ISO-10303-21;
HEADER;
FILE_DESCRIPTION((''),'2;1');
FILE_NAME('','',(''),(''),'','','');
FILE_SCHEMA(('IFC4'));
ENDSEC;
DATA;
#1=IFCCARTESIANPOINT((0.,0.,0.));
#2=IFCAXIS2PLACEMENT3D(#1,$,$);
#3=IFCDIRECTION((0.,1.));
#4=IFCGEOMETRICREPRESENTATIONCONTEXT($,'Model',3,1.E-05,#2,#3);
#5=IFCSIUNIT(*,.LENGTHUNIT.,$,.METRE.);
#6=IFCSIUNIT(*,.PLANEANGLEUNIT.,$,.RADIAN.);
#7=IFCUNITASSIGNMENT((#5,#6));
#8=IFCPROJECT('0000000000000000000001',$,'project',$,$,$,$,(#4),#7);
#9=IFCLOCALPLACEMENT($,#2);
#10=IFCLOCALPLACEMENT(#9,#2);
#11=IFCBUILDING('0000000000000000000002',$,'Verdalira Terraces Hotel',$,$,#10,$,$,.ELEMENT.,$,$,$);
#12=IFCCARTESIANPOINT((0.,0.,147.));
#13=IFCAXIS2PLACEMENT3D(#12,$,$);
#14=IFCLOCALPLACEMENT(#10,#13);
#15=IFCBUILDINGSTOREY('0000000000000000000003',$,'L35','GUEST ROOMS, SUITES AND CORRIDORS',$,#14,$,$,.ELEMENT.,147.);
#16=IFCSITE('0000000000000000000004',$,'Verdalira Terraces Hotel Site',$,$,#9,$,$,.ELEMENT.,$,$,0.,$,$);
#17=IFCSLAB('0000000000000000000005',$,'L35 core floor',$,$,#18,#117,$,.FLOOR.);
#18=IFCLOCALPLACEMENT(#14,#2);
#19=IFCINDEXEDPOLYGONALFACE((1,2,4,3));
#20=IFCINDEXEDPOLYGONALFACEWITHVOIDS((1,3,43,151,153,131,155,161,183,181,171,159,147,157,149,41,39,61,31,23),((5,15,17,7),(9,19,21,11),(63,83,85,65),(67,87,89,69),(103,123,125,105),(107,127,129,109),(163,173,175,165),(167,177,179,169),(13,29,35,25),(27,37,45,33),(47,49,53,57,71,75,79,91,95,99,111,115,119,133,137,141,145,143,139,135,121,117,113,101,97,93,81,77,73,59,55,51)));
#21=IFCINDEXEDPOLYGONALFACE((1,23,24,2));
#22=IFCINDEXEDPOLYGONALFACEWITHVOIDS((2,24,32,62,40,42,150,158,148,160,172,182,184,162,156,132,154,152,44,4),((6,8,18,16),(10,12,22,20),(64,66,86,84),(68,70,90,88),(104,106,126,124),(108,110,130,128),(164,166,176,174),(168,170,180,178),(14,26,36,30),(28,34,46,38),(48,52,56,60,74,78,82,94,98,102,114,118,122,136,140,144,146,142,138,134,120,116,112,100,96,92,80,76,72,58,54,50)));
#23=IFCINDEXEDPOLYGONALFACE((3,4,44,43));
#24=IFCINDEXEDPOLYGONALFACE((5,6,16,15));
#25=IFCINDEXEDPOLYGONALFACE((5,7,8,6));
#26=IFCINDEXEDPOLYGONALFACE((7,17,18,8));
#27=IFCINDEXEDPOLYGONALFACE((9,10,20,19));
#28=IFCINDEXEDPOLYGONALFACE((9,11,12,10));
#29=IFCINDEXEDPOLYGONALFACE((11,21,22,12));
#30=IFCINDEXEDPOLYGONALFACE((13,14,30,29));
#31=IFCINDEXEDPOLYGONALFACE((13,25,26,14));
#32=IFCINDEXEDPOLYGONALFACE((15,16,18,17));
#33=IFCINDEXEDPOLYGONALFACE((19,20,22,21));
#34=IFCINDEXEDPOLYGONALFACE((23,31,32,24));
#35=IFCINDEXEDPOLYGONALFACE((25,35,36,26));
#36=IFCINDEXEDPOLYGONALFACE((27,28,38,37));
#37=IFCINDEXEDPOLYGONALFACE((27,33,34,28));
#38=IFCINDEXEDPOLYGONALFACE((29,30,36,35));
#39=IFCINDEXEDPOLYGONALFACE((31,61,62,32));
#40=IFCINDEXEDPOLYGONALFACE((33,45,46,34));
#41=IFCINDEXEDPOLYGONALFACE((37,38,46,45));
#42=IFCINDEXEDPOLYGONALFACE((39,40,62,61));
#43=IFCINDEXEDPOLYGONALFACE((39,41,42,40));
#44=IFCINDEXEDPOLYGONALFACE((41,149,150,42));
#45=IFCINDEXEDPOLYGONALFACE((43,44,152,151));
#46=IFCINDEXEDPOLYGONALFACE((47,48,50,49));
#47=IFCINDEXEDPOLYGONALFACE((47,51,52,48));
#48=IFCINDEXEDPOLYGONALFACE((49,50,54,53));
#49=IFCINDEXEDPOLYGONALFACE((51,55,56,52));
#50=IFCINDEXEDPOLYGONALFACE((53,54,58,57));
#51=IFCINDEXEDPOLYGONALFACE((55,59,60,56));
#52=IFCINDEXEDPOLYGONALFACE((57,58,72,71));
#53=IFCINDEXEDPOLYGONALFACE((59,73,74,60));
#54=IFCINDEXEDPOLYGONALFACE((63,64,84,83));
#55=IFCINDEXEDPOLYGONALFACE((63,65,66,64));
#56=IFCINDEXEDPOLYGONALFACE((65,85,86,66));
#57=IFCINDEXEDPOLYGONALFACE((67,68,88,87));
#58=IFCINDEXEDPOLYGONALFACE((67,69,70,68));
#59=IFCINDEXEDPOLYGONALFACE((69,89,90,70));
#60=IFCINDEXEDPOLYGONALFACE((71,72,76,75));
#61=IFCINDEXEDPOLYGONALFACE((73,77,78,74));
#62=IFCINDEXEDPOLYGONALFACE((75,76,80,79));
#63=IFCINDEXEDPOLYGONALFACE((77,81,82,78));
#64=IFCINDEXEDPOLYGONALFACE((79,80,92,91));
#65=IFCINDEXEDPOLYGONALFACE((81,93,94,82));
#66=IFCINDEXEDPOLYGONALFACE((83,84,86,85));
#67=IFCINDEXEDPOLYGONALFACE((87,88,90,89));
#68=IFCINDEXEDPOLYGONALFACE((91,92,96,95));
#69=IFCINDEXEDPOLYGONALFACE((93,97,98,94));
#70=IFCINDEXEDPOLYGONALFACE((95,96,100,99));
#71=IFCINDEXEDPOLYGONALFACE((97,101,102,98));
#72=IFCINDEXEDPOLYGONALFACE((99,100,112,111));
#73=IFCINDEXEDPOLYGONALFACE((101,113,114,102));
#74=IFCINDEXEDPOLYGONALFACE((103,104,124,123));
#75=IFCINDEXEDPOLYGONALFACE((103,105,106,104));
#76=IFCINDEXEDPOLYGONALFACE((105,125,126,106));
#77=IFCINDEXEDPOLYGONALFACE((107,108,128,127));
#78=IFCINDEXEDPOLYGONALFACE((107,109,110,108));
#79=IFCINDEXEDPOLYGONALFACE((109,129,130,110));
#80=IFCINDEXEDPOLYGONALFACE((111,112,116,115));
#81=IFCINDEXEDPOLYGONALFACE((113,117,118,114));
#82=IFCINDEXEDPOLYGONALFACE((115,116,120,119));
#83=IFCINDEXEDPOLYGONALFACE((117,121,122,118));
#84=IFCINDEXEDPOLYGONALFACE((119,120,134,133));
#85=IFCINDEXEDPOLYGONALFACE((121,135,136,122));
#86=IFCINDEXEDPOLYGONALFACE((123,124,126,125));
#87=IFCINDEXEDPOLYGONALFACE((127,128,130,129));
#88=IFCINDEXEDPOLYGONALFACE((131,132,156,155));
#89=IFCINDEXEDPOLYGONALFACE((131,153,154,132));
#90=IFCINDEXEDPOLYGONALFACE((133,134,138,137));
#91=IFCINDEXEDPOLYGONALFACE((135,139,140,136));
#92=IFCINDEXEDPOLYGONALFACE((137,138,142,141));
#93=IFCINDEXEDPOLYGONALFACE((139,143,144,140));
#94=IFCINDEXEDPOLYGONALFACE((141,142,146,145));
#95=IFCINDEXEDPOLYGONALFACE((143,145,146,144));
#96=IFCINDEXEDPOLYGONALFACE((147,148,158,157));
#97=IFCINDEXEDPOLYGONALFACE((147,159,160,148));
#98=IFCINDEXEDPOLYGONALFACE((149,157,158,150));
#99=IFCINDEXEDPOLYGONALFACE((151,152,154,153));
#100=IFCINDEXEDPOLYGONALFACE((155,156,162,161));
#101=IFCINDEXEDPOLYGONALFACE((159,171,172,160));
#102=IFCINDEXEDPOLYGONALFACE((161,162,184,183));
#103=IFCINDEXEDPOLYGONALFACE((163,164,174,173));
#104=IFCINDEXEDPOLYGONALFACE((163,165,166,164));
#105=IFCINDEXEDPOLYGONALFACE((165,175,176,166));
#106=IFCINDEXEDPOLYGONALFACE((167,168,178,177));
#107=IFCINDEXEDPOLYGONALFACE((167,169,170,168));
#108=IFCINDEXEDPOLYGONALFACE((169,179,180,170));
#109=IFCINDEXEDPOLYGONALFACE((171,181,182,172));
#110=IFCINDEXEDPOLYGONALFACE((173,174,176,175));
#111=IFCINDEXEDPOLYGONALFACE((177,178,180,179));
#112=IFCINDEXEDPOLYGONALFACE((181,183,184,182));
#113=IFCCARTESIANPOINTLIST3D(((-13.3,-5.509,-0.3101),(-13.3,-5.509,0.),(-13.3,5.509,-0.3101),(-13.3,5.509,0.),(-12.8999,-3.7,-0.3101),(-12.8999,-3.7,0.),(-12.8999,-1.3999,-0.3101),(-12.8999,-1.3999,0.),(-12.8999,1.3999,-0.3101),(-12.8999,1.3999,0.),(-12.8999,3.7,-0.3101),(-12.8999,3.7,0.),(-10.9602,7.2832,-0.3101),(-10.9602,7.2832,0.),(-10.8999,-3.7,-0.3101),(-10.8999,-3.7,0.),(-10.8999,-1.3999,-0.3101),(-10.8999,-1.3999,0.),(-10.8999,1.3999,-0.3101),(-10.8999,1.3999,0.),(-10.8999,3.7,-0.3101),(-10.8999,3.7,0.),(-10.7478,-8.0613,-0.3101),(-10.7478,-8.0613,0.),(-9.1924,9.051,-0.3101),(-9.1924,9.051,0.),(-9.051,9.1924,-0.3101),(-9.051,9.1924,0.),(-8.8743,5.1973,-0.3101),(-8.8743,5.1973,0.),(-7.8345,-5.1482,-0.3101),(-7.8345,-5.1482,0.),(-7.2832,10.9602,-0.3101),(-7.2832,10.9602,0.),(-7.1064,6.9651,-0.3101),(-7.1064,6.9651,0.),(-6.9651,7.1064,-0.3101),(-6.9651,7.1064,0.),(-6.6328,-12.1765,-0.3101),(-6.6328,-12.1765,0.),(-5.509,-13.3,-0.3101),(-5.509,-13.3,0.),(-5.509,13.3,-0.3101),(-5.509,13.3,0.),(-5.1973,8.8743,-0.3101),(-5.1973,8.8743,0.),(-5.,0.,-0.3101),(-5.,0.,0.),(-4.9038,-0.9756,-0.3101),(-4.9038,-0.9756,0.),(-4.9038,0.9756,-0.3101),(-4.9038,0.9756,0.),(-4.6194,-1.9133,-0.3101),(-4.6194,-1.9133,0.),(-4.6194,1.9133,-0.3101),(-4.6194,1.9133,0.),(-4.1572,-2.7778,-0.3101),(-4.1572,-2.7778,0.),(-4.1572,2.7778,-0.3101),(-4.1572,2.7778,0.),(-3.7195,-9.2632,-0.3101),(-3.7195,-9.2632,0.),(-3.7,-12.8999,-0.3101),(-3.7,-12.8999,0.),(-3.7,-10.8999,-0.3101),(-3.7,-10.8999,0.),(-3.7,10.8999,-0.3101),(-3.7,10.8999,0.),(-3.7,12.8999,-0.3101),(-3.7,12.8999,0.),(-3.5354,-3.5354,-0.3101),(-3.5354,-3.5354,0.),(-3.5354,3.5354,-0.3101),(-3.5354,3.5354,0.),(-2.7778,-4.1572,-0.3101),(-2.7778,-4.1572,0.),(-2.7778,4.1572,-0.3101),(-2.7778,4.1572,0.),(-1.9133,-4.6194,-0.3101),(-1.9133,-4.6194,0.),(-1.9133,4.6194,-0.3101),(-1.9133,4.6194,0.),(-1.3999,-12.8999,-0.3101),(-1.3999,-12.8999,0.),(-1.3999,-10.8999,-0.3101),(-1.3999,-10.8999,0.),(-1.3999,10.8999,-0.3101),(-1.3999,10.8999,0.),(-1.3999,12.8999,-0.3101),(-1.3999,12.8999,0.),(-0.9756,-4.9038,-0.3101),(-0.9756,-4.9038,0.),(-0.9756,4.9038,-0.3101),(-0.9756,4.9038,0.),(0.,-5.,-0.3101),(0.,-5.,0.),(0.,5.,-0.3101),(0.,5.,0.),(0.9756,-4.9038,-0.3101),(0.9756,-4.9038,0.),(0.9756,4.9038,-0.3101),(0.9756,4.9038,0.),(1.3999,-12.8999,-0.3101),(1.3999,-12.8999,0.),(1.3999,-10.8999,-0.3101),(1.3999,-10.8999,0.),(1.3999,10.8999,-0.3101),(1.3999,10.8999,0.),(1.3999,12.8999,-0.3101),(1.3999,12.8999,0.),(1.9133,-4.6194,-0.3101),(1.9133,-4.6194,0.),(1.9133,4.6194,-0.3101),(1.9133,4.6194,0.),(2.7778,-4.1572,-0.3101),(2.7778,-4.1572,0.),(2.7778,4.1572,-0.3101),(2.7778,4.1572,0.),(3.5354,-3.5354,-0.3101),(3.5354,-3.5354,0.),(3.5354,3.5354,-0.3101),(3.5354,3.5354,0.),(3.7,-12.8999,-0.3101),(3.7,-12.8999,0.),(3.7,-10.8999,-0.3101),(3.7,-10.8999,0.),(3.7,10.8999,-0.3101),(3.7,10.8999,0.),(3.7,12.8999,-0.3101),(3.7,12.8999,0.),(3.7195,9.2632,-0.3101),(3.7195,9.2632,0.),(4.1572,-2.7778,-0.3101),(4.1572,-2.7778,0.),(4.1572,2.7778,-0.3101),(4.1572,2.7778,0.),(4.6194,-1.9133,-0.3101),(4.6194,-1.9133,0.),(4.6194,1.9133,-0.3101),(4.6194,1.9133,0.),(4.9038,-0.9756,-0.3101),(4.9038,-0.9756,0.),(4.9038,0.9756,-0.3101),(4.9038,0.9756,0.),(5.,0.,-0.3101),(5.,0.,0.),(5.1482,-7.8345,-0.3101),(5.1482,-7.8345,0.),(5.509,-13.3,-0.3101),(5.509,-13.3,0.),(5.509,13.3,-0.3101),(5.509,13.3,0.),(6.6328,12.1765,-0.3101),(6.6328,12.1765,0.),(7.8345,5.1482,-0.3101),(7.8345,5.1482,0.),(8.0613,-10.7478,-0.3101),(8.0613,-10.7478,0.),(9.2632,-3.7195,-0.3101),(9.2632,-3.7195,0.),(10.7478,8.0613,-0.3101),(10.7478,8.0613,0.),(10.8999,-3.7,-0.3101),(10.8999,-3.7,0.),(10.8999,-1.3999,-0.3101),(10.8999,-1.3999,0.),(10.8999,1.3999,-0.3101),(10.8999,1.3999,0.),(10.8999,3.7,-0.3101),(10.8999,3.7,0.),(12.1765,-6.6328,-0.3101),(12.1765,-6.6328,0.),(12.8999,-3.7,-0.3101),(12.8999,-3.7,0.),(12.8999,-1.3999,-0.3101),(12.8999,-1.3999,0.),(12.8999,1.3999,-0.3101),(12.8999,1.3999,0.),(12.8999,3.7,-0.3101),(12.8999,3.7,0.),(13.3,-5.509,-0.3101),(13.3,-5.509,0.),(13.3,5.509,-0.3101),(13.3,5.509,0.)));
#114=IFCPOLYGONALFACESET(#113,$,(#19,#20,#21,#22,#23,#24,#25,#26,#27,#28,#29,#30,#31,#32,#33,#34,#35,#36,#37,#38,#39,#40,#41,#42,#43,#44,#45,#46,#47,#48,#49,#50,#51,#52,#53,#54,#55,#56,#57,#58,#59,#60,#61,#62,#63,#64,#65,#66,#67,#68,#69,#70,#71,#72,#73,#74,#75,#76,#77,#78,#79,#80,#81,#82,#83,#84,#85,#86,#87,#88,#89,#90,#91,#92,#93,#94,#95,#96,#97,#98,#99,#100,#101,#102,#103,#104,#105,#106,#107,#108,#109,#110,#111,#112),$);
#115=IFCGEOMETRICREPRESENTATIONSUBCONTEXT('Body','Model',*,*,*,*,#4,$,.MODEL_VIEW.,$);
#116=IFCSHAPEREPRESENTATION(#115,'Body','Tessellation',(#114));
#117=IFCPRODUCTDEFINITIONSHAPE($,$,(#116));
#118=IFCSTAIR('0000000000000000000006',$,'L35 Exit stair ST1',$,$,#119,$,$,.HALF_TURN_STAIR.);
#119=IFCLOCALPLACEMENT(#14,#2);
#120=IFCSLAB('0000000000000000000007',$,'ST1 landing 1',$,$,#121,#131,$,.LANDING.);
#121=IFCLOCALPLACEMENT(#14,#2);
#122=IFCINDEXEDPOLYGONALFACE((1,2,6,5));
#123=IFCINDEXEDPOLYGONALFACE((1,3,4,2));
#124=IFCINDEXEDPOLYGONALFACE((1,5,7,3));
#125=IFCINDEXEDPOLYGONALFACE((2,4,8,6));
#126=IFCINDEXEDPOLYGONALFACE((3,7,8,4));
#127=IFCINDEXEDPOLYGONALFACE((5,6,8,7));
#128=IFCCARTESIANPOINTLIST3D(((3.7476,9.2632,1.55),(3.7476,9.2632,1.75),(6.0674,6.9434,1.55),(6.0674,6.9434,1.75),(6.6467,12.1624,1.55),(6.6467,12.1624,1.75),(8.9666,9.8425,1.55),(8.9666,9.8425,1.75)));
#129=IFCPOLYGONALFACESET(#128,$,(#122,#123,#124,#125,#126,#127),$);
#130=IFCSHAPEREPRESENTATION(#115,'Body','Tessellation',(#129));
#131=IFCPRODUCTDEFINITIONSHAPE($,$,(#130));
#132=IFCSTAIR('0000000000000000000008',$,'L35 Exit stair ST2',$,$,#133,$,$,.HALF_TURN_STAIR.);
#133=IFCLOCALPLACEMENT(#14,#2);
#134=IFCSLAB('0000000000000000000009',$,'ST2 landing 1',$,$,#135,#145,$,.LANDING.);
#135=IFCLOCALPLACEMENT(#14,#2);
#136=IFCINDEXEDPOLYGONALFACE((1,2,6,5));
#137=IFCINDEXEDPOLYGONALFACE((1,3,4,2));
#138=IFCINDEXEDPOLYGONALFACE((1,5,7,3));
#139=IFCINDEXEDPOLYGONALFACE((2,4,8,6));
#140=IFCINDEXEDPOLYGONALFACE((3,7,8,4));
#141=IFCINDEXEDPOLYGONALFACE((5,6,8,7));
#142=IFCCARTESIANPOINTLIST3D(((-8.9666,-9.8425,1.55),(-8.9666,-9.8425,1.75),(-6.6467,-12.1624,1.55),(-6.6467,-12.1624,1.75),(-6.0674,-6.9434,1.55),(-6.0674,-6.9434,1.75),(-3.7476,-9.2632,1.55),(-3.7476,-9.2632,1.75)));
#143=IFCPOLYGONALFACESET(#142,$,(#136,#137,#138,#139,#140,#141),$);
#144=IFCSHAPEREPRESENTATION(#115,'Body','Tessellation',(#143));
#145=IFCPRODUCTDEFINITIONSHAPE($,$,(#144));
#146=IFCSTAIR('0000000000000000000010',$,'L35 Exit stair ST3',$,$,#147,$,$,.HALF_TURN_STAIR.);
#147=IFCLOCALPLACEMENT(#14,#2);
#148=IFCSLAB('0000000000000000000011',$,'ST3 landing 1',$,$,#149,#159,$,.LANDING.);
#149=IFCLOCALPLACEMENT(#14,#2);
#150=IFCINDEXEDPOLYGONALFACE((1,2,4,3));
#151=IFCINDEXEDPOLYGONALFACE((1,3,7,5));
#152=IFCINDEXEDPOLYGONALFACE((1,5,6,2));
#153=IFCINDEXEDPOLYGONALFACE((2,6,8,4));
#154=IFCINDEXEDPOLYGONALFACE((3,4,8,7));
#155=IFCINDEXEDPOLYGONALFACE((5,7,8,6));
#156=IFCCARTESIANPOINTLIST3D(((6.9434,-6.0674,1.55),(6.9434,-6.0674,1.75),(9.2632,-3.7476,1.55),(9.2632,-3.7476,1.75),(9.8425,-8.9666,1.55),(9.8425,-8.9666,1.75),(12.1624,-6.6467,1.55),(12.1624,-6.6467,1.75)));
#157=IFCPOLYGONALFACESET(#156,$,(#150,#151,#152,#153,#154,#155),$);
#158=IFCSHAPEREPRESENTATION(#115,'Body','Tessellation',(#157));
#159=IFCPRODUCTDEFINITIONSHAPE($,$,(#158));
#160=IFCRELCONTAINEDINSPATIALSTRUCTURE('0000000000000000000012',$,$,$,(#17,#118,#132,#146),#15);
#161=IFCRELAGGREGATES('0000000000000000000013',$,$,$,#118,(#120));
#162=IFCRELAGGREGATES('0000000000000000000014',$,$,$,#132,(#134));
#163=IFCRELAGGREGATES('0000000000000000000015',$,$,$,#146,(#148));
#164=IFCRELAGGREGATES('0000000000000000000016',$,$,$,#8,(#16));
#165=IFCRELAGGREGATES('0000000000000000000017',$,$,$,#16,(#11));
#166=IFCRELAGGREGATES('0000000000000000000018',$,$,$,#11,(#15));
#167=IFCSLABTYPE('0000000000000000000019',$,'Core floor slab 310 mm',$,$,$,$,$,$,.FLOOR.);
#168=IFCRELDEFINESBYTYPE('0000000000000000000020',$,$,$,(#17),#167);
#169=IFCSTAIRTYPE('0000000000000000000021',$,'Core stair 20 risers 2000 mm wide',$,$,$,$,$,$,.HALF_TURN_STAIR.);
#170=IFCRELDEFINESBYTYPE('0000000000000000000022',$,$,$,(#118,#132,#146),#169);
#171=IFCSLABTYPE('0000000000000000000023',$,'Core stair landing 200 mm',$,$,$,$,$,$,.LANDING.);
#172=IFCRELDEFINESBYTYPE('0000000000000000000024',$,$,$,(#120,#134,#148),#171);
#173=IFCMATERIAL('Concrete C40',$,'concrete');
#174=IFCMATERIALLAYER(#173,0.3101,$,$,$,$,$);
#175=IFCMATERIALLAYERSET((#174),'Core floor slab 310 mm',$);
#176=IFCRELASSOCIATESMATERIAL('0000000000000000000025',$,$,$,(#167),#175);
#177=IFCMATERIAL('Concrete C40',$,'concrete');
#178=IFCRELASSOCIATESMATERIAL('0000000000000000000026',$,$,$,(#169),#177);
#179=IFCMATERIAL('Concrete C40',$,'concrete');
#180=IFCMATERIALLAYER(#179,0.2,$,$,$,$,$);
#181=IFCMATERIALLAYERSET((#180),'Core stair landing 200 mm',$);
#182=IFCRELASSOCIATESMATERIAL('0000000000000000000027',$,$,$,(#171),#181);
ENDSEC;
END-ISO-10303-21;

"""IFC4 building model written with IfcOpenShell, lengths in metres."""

from ifc_helpers import new_model, si_unit, direction, frame, origin, place, context, subcontext, project, spatial, polyline, outline, extrude, material, layer, layer_set, type_object, element, aggregate, save


model = new_model("IFC4")

# Units and contexts
model_context = context("Model", 3, precision=1e-05, world=origin(), true_north=direction((0.0, 1.0)))
body_context = subcontext(model_context, "Body", "Model", "MODEL_VIEW")
ifc_project = project(units=[si_unit("LENGTHUNIT", "METRE"), si_unit("PLANEANGLEUNIT", "RADIAN")], contexts=[model_context])

# Site, building, storey
site_placement = place(None, origin())
site = spatial("IfcSite", under=ifc_project, at=site_placement, Name="Verdalira Terraces Hotel Site", CompositionType="ELEMENT", RefElevation=0.0)
building_placement = place(site_placement, origin())
building = spatial("IfcBuilding", under=site, at=building_placement, Name="Verdalira Terraces Hotel", CompositionType="ELEMENT")
storey_placement = place(building_placement, frame((0.0, 0.0, 147.0)))
storey = spatial("IfcBuildingStorey", under=building, at=storey_placement, Name="L35", Description="GUEST ROOMS, SUITES AND CORRIDORS", CompositionType="ELEMENT", Elevation=147.0)

# Slab
ifc_material_1 = material(Name="Concrete C40", Category="concrete")
ifc_layer_1 = layer(ifc_material_1, 0.3101)
ifc_layer_set_1 = layer_set([ifc_layer_1], Name="Core floor slab 310 mm")
slab_type_1 = type_object("IfcSlabType", Name="Core floor slab 310 mm", PredefinedType="FLOOR", material=ifc_layer_set_1)
slab_1_placement = place(storey_placement, frame((0.0, 0.0, -0.3101)))
element("IfcSlab", 1, at=slab_1_placement, inside=storey, type_object=slab_type_1, Name="L35 core floor", PredefinedType="FLOOR", context=body_context, shape_type="SweptSolid", body=[
    extrude(outline(polyline([(-5.509, 13.3), (5.509, 13.3), (6.6328, 12.1765), (3.7195, 9.2632), (7.8345, 5.1482), (10.7478, 8.0613), (13.3, 5.509), (13.3, -5.509), (12.1765, -6.6328), (9.2632, -3.7195), (5.1482, -7.8345), (8.0613, -10.7478), (5.509, -13.3), (-5.509, -13.3), (-6.6328, -12.1765), (-3.7195, -9.2632), (-7.8345, -5.1482), (-10.7478, -8.0613), (-13.3, -5.509), (-13.3, 5.509), (-5.509, 13.3)]), holes=[polyline([(12.8999, -3.7), (12.8999, -1.3999), (10.8999, -1.3999), (10.8999, -3.7), (12.8999, -3.7)]), polyline([(12.8999, 1.3999), (12.8999, 3.7), (10.8999, 3.7), (10.8999, 1.3999), (12.8999, 1.3999)]), polyline([(1.3999, 10.8999), (3.7, 10.8999), (3.7, 12.8999), (1.3999, 12.8999), (1.3999, 10.8999)]), polyline([(-3.7, 10.8999), (-1.3999, 10.8999), (-1.3999, 12.8999), (-3.7, 12.8999), (-3.7, 10.8999)]), polyline([(-12.8999, 3.7), (-12.8999, 1.3999), (-10.8999, 1.3999), (-10.8999, 3.7), (-12.8999, 3.7)]), polyline([(-12.8999, -1.3999), (-12.8999, -3.7), (-10.8999, -3.7), (-10.8999, -1.3999), (-12.8999, -1.3999)]), polyline([(-1.3999, -10.8999), (-3.7, -10.8999), (-3.7, -12.8999), (-1.3999, -12.8999), (-1.3999, -10.8999)]), polyline([(3.7, -10.8999), (1.3999, -10.8999), (1.3999, -12.8999), (3.7, -12.8999), (3.7, -10.8999)]), polyline([(-9.051, 9.1924), (-6.9651, 7.1064), (-5.1973, 8.8743), (-7.2832, 10.9602), (-9.051, 9.1924)]), polyline([(-9.1924, 9.051), (-10.9602, 7.2832), (-8.8743, 5.1973), (-7.1064, 6.9651), (-9.1924, 9.051)]), polyline([(3.5354, 3.5354), (2.7778, 4.1572), (1.9133, 4.6194), (0.9756, 4.9038), (0.0, 5.0), (-0.9756, 4.9038), (-1.9133, 4.6194), (-2.7778, 4.1572), (-3.5354, 3.5354), (-4.1572, 2.7778), (-4.6194, 1.9133), (-4.9038, 0.9756), (-5.0, 0.0), (-4.9038, -0.9756), (-4.6194, -1.9133), (-4.1572, -2.7778), (-3.5354, -3.5354), (-2.7778, -4.1572), (-1.9133, -4.6194), (-0.9756, -4.9038), (0.0, -5.0), (0.9756, -4.9038), (1.9133, -4.6194), (2.7778, -4.1572), (3.5354, -3.5354), (4.1572, -2.7778), (4.6194, -1.9133), (4.9038, -0.9756), (5.0, 0.0), (4.9038, 0.9756), (4.6194, 1.9133), (4.1572, 2.7778), (3.5354, 3.5354)])]), origin(), (0.0, 0.0, 1.0), 0.3101),
])

# Stairs, slabs
ifc_material_2 = material(Name="Concrete C40", Category="concrete")
stair_type = type_object("IfcStairType", Name="Core stair 20 risers 2000 mm wide", PredefinedType="HALF_TURN_STAIR", material=ifc_material_2)
stair_1_placement = place(storey_placement, origin())
stair_1 = element("IfcStair", 2, at=stair_1_placement, inside=storey, type_object=stair_type, Name="L35 Exit stair ST1", PredefinedType="HALF_TURN_STAIR")
ifc_material_3 = material(Name="Concrete C40", Category="concrete")
ifc_layer_2 = layer(ifc_material_3, 0.2)
ifc_layer_set_2 = layer_set([ifc_layer_2], Name="Core stair landing 200 mm")
slab_type_2 = type_object("IfcSlabType", Name="Core stair landing 200 mm", PredefinedType="LANDING", material=ifc_layer_set_2)
slab_2_placement = place(storey_placement, frame((0.0, 0.0, 1.55)))
slab_2 = element("IfcSlab", 3, at=slab_2_placement, type_object=slab_type_2, Name="ST1 landing 1", PredefinedType="LANDING", context=body_context, shape_type="SweptSolid", body=[
    extrude(outline(polyline([(8.9666, 9.8425), (6.6467, 12.1624), (3.7476, 9.2632), (6.0674, 6.9434), (8.9666, 9.8425)])), origin(), (0.0, 0.0, 1.0), 0.2),
])
aggregate(stair_1, [slab_2])
stair_2_placement = place(storey_placement, origin())
stair_2 = element("IfcStair", 4, at=stair_2_placement, inside=storey, type_object=stair_type, Name="L35 Exit stair ST2", PredefinedType="HALF_TURN_STAIR")
slab_3_placement = place(storey_placement, frame((0.0, 0.0, 1.55)))
slab_3 = element("IfcSlab", 5, at=slab_3_placement, type_object=slab_type_2, Name="ST2 landing 1", PredefinedType="LANDING", context=body_context, shape_type="SweptSolid", body=[
    extrude(outline(polyline([(-8.9666, -9.8425), (-6.6467, -12.1624), (-3.7476, -9.2632), (-6.0674, -6.9434), (-8.9666, -9.8425)])), origin(), (0.0, 0.0, 1.0), 0.2),
])
aggregate(stair_2, [slab_3])
stair_3_placement = place(storey_placement, origin())
stair_3 = element("IfcStair", 6, at=stair_3_placement, inside=storey, type_object=stair_type, Name="L35 Exit stair ST3", PredefinedType="HALF_TURN_STAIR")
slab_4_placement = place(storey_placement, frame((0.0, 0.0, 1.55)))
slab_4 = element("IfcSlab", 7, at=slab_4_placement, type_object=slab_type_2, Name="ST3 landing 1", PredefinedType="LANDING", context=body_context, shape_type="SweptSolid", body=[
    extrude(outline(polyline([(9.8425, -8.9666), (12.1624, -6.6467), (9.2632, -3.7476), (6.9434, -6.0674), (9.8425, -8.9666)])), origin(), (0.0, 0.0, 1.0), 0.2),
])
aggregate(stair_3, [slab_4])

save(model, "model.ifc")
